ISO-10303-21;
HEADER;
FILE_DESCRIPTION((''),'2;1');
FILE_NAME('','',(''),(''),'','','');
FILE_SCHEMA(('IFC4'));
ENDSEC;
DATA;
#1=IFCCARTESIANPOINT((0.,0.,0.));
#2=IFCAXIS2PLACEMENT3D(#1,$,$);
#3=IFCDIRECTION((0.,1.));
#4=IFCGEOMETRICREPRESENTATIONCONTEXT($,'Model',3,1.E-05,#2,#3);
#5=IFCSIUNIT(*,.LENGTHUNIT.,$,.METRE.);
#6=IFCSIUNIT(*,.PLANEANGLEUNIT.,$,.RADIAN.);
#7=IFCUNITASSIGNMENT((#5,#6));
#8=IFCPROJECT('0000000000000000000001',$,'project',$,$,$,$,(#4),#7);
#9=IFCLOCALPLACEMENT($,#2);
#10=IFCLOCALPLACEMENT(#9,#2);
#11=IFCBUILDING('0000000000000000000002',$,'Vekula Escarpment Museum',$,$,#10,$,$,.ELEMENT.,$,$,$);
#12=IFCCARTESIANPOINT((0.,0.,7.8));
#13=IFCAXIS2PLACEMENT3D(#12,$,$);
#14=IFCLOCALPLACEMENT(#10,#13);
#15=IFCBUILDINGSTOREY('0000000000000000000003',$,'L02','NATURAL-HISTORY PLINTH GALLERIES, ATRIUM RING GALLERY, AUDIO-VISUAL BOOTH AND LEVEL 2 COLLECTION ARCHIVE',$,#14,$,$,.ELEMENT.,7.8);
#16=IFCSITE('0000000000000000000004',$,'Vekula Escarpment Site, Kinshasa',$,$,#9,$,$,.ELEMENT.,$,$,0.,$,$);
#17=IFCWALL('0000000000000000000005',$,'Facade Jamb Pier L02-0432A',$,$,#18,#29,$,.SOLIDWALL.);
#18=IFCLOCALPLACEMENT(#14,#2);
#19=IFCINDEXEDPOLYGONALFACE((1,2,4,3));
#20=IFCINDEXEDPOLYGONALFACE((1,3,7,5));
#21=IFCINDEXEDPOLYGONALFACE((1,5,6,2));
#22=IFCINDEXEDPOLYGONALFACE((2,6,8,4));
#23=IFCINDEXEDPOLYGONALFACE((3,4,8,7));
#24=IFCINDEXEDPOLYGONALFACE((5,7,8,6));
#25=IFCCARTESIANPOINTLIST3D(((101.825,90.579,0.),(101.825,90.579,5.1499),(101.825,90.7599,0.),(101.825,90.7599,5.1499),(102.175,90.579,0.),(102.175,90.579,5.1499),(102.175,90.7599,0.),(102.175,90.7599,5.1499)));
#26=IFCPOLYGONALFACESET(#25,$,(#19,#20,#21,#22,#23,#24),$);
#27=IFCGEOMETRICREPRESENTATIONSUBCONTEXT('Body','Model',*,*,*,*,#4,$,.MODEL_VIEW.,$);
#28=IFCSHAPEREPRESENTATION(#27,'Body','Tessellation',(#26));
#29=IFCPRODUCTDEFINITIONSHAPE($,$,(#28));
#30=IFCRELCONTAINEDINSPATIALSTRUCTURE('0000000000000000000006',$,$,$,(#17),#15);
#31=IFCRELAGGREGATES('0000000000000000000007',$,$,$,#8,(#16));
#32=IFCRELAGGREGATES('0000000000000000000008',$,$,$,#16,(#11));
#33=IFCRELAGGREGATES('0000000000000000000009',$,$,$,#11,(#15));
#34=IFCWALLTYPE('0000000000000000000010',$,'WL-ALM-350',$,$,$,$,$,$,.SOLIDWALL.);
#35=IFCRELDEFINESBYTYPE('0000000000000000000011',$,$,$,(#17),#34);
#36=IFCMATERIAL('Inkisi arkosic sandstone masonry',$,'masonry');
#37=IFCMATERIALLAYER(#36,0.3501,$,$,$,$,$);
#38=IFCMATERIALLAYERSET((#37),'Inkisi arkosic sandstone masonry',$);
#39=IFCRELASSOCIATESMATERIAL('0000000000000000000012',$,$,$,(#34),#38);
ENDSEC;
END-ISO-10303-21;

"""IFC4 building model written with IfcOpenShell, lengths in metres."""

from ifc_helpers import new_model, si_unit, direction, frame, frame_2d, origin, place, context, subcontext, project, spatial, rectangle, extrude, material, layer, layer_set, type_object, element, save


model = new_model("IFC4")

# Units and contexts
model_context = context("Model", 3, precision=1e-05, world=origin(), true_north=direction((0.0, 1.0)))
body_context = subcontext(model_context, "Body", "Model", "MODEL_VIEW")
ifc_project = project(units=[si_unit("LENGTHUNIT", "METRE"), si_unit("PLANEANGLEUNIT", "RADIAN")], contexts=[model_context])

# Site, building, storey
site_placement = place(None, origin())
site = spatial("IfcSite", under=ifc_project, at=site_placement, Name="Vekula Escarpment Site, Kinshasa", CompositionType="ELEMENT", RefElevation=0.0)
building_placement = place(site_placement, origin())
building = spatial("IfcBuilding", under=site, at=building_placement, Name="Vekula Escarpment Museum", CompositionType="ELEMENT")
storey_placement = place(building_placement, frame((0.0, 0.0, 7.8)))
storey = spatial("IfcBuildingStorey", under=building, at=storey_placement, Name="L02", Description="NATURAL-HISTORY PLINTH GALLERIES, ATRIUM RING GALLERY, AUDIO-VISUAL BOOTH AND LEVEL 2 COLLECTION ARCHIVE", CompositionType="ELEMENT", Elevation=7.8)

# Wall
ifc_material_1 = material(Name="Inkisi arkosic sandstone masonry", Category="masonry")
ifc_layer_1 = layer(ifc_material_1, 0.3501)
ifc_layer_set_1 = layer_set([ifc_layer_1], Name="Inkisi arkosic sandstone masonry")
wall_type = type_object("IfcWallType", Name="WL-ALM-350", PredefinedType="SOLIDWALL", material=ifc_layer_set_1)
wall_placement = place(storey_placement, frame((102.0, 90.5791, 0.0), z_axis=(0.0, 0.0, 1.0), x_axis=(0.0, 1.0, 0.0)))
element("IfcWall", 1, at=wall_placement, inside=storey, type_object=wall_type, Name="Facade Jamb Pier L02-0432A", PredefinedType="SOLIDWALL", context=body_context, shape_type="SweptSolid", body=[
    extrude(rectangle(XDim=0.1809, YDim=0.3501, at=frame_2d((0.0903, 0.0))), origin(), (0.0, 0.0, 1.0), 5.1499),
])

save(model, "model.ifc")
